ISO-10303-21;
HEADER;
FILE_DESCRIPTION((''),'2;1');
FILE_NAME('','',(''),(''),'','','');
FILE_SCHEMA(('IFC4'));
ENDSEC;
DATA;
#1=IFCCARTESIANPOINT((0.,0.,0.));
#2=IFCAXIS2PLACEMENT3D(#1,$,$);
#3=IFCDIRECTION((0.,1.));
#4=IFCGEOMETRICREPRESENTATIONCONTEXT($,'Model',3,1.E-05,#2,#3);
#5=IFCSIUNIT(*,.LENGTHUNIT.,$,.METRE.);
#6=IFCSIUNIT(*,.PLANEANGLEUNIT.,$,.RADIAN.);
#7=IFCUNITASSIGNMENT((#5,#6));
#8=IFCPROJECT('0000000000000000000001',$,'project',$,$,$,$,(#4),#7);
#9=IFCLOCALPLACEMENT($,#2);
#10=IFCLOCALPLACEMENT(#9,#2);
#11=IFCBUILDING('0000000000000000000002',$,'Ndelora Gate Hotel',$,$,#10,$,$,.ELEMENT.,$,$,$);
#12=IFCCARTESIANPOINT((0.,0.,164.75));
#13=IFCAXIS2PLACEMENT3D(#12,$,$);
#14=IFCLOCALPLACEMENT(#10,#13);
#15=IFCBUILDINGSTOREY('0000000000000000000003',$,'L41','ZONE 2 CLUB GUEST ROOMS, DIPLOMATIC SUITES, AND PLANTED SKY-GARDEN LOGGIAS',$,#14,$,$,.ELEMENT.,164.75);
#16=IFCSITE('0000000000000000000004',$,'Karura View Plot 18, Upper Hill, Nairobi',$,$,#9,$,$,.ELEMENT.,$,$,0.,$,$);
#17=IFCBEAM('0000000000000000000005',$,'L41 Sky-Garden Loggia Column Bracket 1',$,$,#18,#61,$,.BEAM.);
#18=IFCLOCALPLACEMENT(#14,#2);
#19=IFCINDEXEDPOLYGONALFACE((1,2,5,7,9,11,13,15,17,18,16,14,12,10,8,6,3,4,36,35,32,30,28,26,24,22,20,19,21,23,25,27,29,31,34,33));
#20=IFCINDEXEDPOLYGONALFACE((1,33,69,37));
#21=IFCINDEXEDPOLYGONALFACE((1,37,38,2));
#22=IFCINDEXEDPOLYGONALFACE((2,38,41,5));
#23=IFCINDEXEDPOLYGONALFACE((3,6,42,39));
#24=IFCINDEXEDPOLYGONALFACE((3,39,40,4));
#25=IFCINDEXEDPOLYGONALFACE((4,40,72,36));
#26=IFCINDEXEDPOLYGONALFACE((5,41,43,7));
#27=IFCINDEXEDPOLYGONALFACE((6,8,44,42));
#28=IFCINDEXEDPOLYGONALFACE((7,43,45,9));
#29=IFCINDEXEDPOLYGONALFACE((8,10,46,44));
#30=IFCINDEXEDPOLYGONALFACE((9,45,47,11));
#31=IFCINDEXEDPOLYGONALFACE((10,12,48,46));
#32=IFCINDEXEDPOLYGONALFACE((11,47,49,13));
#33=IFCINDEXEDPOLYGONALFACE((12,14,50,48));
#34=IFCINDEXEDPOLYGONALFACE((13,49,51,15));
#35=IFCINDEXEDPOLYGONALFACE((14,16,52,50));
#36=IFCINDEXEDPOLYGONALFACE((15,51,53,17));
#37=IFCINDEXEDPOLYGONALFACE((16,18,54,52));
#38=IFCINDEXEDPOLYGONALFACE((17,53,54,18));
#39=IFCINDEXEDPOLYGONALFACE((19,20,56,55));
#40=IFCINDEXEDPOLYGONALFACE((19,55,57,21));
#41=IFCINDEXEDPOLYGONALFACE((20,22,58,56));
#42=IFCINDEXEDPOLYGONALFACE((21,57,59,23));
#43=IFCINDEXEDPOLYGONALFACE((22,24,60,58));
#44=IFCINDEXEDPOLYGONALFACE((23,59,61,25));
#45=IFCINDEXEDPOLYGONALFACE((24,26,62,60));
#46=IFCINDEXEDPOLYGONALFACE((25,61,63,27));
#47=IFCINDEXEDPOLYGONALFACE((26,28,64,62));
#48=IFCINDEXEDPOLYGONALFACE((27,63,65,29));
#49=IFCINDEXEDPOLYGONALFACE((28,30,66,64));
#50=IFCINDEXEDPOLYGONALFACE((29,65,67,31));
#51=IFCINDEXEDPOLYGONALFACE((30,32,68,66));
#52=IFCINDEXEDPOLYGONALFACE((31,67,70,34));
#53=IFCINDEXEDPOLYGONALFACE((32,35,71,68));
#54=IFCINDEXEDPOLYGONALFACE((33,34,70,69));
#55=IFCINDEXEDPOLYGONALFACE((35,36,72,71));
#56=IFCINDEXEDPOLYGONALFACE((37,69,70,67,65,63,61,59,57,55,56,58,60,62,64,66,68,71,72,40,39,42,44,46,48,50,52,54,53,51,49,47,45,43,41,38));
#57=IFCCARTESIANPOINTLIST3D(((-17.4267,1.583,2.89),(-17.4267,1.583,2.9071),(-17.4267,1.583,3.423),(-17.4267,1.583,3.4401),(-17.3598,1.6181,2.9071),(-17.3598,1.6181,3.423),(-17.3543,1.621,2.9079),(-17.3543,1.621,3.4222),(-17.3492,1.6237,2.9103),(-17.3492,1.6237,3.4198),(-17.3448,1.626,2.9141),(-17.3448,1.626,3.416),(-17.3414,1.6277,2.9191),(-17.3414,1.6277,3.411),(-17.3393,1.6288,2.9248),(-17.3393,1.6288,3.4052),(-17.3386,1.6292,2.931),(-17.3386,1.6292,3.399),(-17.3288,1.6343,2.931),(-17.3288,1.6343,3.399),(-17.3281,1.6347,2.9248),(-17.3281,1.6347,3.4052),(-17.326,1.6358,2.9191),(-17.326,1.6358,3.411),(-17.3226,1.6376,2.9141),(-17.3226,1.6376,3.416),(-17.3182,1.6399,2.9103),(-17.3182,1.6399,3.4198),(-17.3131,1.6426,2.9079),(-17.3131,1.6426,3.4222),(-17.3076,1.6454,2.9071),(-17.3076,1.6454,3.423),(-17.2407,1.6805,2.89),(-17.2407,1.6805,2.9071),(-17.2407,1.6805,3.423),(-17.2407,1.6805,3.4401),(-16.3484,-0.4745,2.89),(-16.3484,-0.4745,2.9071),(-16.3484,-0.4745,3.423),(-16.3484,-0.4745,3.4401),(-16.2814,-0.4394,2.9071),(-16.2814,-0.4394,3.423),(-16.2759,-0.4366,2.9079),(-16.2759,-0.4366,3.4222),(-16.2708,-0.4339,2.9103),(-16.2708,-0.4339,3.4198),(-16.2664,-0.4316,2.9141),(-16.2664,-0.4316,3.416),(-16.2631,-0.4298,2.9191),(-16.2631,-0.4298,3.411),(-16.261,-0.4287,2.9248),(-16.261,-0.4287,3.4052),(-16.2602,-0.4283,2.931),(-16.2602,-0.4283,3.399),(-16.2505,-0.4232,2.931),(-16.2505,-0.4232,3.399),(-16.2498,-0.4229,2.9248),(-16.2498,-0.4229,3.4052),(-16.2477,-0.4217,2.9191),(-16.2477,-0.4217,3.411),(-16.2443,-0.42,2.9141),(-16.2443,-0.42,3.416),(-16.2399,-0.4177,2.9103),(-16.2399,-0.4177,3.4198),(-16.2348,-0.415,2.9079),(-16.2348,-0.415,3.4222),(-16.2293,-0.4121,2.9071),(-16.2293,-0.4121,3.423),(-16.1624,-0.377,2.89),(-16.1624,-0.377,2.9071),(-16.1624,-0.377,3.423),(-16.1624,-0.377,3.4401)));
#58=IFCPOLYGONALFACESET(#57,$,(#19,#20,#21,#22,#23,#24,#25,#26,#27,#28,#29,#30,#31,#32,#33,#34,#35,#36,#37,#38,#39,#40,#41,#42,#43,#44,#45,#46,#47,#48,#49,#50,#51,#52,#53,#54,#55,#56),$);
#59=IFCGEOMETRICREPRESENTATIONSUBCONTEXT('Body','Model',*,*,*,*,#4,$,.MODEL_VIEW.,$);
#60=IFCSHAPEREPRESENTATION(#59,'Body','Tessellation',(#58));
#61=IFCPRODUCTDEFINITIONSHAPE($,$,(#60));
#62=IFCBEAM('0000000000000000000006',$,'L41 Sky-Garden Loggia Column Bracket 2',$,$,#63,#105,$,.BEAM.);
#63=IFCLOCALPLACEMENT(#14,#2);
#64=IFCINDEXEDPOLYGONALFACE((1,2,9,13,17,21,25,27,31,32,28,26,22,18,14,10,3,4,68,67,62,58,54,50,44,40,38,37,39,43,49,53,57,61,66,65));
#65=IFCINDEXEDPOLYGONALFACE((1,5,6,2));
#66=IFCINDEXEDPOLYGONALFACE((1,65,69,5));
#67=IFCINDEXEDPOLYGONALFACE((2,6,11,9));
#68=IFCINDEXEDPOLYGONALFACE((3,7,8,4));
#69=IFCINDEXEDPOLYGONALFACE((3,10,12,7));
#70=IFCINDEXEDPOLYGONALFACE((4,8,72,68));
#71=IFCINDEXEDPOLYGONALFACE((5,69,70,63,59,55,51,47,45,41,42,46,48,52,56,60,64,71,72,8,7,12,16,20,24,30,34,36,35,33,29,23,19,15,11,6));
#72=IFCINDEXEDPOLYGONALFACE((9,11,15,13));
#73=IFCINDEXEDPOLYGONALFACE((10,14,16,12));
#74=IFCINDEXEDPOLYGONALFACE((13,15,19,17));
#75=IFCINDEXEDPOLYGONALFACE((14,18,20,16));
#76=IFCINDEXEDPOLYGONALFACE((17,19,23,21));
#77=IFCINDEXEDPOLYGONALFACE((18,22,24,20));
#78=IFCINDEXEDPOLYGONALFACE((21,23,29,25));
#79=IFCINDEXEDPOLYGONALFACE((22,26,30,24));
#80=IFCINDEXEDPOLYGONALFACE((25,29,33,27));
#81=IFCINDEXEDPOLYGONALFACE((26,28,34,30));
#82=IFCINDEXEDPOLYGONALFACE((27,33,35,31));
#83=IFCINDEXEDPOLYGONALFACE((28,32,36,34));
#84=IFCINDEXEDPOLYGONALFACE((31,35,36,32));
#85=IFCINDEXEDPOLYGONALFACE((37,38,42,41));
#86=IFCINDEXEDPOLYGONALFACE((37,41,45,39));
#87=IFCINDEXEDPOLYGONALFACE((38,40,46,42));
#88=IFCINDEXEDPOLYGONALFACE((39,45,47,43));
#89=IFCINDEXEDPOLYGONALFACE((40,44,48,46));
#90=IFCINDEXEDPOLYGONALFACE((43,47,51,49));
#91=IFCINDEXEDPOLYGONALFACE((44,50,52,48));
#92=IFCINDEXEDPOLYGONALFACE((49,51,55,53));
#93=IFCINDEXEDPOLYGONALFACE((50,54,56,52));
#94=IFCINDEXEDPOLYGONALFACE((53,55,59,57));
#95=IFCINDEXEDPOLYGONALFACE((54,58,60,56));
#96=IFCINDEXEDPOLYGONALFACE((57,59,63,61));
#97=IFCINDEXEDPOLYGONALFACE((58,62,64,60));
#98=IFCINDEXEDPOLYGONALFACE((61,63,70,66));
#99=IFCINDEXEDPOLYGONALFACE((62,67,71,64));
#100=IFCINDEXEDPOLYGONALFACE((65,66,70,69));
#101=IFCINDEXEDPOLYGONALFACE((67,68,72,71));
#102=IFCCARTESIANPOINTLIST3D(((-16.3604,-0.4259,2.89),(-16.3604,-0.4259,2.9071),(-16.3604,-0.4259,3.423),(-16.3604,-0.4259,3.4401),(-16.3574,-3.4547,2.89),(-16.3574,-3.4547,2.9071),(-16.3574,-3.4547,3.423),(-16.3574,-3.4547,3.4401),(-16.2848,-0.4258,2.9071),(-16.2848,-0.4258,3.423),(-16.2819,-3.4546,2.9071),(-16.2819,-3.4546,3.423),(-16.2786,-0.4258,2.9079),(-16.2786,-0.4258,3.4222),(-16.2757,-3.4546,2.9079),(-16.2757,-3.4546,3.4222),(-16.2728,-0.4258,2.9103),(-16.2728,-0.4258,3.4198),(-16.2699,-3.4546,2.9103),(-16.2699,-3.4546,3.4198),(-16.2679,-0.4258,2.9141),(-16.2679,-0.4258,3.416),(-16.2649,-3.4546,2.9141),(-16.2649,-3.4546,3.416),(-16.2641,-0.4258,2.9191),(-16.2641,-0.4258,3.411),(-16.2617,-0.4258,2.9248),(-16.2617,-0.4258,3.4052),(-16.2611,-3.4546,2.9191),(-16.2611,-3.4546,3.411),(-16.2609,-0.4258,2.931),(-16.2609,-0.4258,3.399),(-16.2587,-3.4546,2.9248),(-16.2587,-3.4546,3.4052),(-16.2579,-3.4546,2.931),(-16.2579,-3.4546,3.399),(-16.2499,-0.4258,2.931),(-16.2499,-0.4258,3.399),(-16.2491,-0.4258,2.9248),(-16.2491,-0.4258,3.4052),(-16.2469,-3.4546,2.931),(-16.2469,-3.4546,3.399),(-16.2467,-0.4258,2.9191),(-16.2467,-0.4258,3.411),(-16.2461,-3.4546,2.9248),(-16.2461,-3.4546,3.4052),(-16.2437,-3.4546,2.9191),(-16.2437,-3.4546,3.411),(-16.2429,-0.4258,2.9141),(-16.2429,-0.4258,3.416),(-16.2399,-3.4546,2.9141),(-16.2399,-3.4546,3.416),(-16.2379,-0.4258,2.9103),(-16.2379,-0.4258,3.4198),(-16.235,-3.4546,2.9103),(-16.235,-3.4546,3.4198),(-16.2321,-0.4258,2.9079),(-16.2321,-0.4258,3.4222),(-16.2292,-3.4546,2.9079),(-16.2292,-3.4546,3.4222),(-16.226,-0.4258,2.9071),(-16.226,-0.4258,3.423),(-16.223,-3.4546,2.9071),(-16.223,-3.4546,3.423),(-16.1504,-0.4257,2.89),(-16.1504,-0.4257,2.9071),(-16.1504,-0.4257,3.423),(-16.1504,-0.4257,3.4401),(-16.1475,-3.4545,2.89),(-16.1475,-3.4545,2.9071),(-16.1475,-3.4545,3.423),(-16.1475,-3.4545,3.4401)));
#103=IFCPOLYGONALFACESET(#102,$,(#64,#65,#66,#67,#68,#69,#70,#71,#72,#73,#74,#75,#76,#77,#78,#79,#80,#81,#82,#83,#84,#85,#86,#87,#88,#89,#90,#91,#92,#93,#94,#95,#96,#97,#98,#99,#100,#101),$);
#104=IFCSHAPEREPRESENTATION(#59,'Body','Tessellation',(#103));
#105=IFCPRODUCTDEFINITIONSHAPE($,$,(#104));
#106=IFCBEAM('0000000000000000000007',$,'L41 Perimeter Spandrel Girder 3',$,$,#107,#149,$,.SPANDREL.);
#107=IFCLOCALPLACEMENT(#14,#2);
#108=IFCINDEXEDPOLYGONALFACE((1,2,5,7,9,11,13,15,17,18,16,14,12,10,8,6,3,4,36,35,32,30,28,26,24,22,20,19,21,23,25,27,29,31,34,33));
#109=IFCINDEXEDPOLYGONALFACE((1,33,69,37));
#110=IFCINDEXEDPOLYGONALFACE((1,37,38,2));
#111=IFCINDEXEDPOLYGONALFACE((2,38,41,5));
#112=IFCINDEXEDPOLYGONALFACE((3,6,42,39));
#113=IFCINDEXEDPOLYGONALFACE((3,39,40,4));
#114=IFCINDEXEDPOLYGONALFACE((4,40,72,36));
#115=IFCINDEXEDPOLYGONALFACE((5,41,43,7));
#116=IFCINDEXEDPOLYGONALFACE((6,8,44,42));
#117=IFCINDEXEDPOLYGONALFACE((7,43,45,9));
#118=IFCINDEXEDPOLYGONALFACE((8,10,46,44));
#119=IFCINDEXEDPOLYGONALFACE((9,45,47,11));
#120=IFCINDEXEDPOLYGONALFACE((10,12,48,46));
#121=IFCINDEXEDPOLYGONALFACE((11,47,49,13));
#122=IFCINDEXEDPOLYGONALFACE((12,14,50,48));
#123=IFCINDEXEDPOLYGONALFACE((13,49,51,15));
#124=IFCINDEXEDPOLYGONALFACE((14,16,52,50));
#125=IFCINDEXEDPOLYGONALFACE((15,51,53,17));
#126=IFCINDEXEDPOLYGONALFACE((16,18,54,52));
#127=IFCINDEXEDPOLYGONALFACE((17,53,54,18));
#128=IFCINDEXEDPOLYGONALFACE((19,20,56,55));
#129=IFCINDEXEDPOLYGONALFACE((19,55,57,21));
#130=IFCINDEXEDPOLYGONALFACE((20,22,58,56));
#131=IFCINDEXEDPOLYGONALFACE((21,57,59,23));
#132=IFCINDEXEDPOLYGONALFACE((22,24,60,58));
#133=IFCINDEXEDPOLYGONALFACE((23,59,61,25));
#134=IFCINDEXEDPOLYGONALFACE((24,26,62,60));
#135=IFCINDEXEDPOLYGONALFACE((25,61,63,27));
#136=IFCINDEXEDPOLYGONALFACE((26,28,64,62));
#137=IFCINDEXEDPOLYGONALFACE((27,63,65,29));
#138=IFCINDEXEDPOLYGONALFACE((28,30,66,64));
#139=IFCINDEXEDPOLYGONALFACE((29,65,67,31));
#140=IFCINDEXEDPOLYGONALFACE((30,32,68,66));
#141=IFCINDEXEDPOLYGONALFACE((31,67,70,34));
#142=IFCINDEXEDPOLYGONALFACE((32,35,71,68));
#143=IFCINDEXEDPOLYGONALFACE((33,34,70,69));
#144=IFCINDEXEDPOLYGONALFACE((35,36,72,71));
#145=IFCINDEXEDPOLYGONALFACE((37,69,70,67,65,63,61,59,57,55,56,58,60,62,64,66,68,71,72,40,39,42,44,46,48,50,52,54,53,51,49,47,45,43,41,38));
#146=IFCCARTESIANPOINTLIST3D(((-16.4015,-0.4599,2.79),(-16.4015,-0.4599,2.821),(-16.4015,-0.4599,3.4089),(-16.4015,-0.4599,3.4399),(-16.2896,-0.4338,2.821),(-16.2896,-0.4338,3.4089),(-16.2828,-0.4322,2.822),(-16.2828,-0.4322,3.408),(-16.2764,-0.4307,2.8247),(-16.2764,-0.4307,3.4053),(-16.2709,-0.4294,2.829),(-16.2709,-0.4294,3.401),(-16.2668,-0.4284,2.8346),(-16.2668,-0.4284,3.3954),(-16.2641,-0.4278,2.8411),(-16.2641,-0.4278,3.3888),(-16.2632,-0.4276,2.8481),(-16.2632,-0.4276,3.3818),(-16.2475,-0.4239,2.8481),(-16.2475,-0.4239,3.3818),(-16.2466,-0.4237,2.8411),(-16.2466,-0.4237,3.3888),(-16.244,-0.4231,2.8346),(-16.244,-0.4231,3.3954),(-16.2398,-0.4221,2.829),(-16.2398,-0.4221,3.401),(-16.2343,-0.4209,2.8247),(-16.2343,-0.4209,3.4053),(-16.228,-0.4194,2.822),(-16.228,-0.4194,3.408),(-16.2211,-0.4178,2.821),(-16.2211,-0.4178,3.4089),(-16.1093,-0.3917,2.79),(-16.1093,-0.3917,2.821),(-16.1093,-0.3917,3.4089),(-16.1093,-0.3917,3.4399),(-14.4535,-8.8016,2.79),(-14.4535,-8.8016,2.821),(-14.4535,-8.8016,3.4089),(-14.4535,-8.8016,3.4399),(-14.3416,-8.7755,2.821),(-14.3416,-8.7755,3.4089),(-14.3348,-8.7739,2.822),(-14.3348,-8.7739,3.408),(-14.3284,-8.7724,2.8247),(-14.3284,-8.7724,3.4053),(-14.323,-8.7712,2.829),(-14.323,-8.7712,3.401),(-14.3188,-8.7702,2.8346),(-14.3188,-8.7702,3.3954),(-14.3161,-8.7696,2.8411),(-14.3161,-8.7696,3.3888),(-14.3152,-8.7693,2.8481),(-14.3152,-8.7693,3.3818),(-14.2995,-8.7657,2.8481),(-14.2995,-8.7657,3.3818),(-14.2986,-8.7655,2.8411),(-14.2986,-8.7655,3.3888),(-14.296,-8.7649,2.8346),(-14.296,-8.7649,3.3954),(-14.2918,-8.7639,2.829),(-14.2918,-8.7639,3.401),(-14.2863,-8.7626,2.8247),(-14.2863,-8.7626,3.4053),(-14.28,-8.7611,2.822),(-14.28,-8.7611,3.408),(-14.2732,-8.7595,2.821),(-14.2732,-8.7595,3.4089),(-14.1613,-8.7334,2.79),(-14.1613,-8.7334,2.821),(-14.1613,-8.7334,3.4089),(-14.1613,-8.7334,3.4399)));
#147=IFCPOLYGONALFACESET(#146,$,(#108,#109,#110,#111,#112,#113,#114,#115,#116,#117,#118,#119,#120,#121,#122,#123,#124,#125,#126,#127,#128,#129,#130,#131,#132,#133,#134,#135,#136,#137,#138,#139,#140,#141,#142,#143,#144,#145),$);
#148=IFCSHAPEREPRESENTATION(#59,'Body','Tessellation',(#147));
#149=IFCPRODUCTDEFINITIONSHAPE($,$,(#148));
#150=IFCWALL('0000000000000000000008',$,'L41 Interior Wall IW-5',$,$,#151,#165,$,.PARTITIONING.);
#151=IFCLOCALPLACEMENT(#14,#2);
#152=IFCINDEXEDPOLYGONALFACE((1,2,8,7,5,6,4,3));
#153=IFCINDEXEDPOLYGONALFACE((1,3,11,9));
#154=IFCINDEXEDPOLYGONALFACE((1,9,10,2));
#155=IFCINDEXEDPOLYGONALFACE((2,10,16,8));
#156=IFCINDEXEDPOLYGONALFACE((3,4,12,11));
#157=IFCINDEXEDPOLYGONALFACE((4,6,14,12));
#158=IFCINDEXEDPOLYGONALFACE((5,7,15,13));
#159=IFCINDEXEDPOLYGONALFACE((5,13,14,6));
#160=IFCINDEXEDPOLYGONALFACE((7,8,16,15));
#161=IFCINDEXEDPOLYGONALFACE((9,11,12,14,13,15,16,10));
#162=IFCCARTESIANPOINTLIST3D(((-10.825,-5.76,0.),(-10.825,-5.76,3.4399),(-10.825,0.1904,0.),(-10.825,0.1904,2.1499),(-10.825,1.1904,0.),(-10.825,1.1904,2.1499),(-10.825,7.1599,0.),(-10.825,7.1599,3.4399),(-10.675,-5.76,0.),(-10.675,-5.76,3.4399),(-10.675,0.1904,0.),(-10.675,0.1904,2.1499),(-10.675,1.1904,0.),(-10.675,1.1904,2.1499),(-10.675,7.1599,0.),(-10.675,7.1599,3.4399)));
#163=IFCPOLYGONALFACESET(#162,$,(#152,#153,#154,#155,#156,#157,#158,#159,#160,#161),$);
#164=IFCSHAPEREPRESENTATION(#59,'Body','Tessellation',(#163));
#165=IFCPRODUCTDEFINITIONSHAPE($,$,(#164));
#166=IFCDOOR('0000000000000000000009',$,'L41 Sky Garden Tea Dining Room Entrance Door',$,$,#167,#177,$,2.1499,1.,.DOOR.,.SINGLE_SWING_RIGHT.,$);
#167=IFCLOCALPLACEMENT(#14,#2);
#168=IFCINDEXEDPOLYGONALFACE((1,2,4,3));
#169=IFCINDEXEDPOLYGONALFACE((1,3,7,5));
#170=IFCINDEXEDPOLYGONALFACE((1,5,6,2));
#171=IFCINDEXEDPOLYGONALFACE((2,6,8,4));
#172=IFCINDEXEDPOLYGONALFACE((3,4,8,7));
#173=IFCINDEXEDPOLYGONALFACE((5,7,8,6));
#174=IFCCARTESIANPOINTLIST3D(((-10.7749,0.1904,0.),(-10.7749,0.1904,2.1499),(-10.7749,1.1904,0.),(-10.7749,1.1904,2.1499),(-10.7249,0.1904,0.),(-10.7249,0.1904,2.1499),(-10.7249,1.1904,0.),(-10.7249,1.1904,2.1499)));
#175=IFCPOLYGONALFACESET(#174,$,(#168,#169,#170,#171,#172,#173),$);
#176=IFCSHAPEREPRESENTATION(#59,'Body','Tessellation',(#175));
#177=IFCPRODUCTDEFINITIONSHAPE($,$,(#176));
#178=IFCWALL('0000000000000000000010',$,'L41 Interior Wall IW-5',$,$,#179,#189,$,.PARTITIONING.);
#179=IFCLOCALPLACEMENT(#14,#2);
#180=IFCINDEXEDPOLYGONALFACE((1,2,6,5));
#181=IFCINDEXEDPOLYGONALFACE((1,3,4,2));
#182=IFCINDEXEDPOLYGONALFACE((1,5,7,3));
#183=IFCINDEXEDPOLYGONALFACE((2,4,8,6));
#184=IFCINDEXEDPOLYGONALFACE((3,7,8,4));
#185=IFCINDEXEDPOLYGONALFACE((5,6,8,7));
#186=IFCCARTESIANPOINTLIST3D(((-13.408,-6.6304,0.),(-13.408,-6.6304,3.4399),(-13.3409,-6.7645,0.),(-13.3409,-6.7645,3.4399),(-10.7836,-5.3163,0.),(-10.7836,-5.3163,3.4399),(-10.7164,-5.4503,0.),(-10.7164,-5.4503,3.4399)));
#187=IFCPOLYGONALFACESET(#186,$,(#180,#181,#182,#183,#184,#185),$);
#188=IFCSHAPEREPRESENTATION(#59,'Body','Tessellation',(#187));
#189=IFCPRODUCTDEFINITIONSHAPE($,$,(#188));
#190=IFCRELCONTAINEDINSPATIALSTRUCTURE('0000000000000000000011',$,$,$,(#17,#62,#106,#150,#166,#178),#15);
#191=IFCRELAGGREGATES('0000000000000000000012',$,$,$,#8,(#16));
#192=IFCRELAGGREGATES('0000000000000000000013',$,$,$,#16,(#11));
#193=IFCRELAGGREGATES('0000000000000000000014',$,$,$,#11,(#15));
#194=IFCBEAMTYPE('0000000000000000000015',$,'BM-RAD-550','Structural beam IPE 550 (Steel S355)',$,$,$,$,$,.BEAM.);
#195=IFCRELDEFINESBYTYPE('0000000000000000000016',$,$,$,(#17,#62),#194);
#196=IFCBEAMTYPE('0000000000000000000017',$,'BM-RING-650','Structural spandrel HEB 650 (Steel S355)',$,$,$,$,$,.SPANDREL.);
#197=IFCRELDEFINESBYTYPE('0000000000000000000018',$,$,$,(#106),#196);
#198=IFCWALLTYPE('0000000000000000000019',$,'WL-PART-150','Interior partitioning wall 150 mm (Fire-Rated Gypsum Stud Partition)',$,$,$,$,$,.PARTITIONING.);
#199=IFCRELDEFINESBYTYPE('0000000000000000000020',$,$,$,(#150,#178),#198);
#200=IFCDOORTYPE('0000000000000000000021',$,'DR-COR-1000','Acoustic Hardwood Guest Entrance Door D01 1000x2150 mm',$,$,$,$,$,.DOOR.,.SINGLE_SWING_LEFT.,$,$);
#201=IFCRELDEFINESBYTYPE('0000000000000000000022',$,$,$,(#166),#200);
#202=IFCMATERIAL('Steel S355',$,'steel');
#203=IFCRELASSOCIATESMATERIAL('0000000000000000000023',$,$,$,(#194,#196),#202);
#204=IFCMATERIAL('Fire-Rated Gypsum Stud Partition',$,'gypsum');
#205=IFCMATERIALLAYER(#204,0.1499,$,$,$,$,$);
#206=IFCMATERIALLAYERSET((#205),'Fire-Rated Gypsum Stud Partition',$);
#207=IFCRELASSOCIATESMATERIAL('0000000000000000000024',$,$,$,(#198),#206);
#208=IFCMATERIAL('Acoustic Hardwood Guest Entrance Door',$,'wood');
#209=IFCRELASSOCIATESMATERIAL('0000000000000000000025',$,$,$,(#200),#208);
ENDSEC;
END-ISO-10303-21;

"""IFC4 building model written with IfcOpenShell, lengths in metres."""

from ifc_helpers import new_model, si_unit, direction, frame, frame_2d, origin, origin_2d, place, context, subcontext, project, spatial, rectangle, i_section, extrude, material, layer, layer_set, material_profile, profile_set, type_object, element, fill, save


model = new_model("IFC4")

# Units and contexts
model_context = context("Model", 3, precision=1e-05, world=origin(), true_north=direction((0.0, 1.0)))
body_context = subcontext(model_context, "Body", "Model", "MODEL_VIEW")
ifc_project = project(units=[si_unit("LENGTHUNIT", "METRE"), si_unit("PLANEANGLEUNIT", "RADIAN")], contexts=[model_context])

# Site, building, storey
site_placement = place(None, origin())
site = spatial("IfcSite", under=ifc_project, at=site_placement, Name="Karura View Plot 18, Upper Hill, Nairobi", CompositionType="ELEMENT", RefElevation=0.0)
building_placement = place(site_placement, origin())
building = spatial("IfcBuilding", under=site, at=building_placement, Name="Ndelora Gate Hotel", CompositionType="ELEMENT")
storey_placement = place(building_placement, frame((0.0, 0.0, 164.75)))
storey = spatial("IfcBuildingStorey", under=building, at=storey_placement, Name="L41", Description="ZONE 2 CLUB GUEST ROOMS, DIPLOMATIC SUITES, AND PLANTED SKY-GARDEN LOGGIAS", CompositionType="ELEMENT", Elevation=164.75)

# Beams
ifc_material_1 = material(Name="Steel S355", Category="steel")
ifc_material_profile_1 = material_profile(ifc_material_1, i_section(OverallWidth=0.21, OverallDepth=0.55, WebThickness=0.011, FlangeThickness=0.0171, FilletRadius=0.0239, at=origin_2d()), Name="IPE 550")
ifc_profile_set_1 = profile_set([ifc_material_profile_1], Name="Steel S355")
beam_type_1 = type_object("IfcBeamType", Name="BM-RAD-550", Description="Structural beam IPE 550 (Steel S355)", PredefinedType="BEAM", material=ifc_profile_set_1)
beam_1_placement = place(storey_placement, frame((-16.2554, -0.4258, 3.165), z_axis=(-0.464199, 0.885731, 0.0), x_axis=(-0.885731, -0.464199, 0.0)))
element("IfcBeam", 1, at=beam_1_placement, inside=storey, type_object=beam_type_1, Name="L41 Sky-Garden Loggia Column Bracket 1", PredefinedType="BEAM", context=body_context, shape_type="SweptSolid", body=[
    extrude(i_section(OverallWidth=0.21, OverallDepth=0.55, WebThickness=0.011, FlangeThickness=0.0171, FilletRadius=0.0239, at=origin_2d()), origin(), (0.0, 0.0, 1.0), 2.323),
])
beam_2_placement = place(storey_placement, frame((-16.2554, -0.4258, 3.165), z_axis=(0.000967, -1.0, 0.0), x_axis=(1.0, 0.000967, 0.0)))
element("IfcBeam", 2, at=beam_2_placement, inside=storey, type_object=beam_type_1, Name="L41 Sky-Garden Loggia Column Bracket 2", PredefinedType="BEAM", context=body_context, shape_type="SweptSolid", body=[
    extrude(i_section(OverallWidth=0.21, OverallDepth=0.55, WebThickness=0.011, FlangeThickness=0.0171, FilletRadius=0.0239, at=origin_2d()), origin(), (0.0, 0.0, 1.0), 3.0288),
])
ifc_material_profile_2 = material_profile(ifc_material_1, i_section(OverallWidth=0.3, OverallDepth=0.6499, WebThickness=0.0161, FlangeThickness=0.031, FilletRadius=0.0271, at=origin_2d()), Name="HEB 650")
ifc_profile_set_2 = profile_set([ifc_material_profile_2], Name="Steel S355")
beam_type_2 = type_object("IfcBeamType", Name="BM-RING-650", Description="Structural spandrel HEB 650 (Steel S355)", PredefinedType="SPANDREL", material=ifc_profile_set_2)
beam_3_placement = place(storey_placement, frame((-16.2554, -0.4258, 3.115), z_axis=(0.227404, -0.9738, 0.0), x_axis=(0.9738, 0.227404, 0.0)))
element("IfcBeam", 3, at=beam_3_placement, inside=storey, type_object=beam_type_2, Name="L41 Perimeter Spandrel Girder 3", PredefinedType="SPANDREL", context=body_context, shape_type="SweptSolid", body=[
    extrude(i_section(OverallWidth=0.3, OverallDepth=0.6499, WebThickness=0.0161, FlangeThickness=0.031, FilletRadius=0.0271, at=origin_2d()), origin(), (0.0, 0.0, 1.0), 8.5662),
])

# Wall, opening, door
ifc_material_2 = material(Name="Fire-Rated Gypsum Stud Partition", Category="gypsum")
ifc_layer_1 = layer(ifc_material_2, 0.1499)
ifc_layer_set_1 = layer_set([ifc_layer_1], Name="Fire-Rated Gypsum Stud Partition")
wall_type_1 = type_object("IfcWallType", Name="WL-PART-150", Description="Interior partitioning wall 150 mm (Fire-Rated Gypsum Stud Partition)", PredefinedType="PARTITIONING", material=ifc_layer_set_1)
ifc_material_3 = material(Name="Acoustic Hardwood Guest Entrance Door", Category="wood")
door_type = type_object("IfcDoorType", Name="DR-COR-1000", Description="Acoustic Hardwood Guest Entrance Door D01 1000x2150 mm", OperationType="SINGLE_SWING_LEFT", PredefinedType="DOOR", material=ifc_material_3)
wall_1_placement = place(storey_placement, frame((-10.75, -5.76, 0.0), z_axis=(0.0, 0.0, 1.0), x_axis=(0.0, 1.0, 0.0)))
wall_1 = element("IfcWall", 4, at=wall_1_placement, inside=storey, type_object=wall_type_1, Name="L41 Interior Wall IW-5", PredefinedType="PARTITIONING", context=body_context, shape_type="SweptSolid", body=[
    extrude(rectangle(XDim=12.9199, YDim=0.1499, at=frame_2d((6.46, 0.0))), origin(), (0.0, 0.0, 1.0), 3.4399),
])
opening_1_placement = place(wall_1_placement, frame((5.9504, 0.0, 0.0)))
opening_1 = element("IfcOpeningElement", 5, at=opening_1_placement, cuts=wall_1, PredefinedType="OPENING", context=body_context, shape_type="SweptSolid", body=[
    extrude(rectangle(XDim=1.0, YDim=2.1499, at=frame_2d((0.5, 1.075))), frame((0.0, 0.085, 0.0), z_axis=(0.0, -1.0, 0.0), x_axis=(1.0, 0.0, 0.0)), (0.0, 0.0, 1.0), 0.1699),
])
door_1_placement = place(opening_1_placement, origin())
door_1 = element("IfcDoor", 6, at=door_1_placement, inside=storey, type_object=door_type, Name="L41 Sky Garden Tea Dining Room Entrance Door", OperationType="SINGLE_SWING_RIGHT", OverallHeight=2.1499, OverallWidth=1.0, PredefinedType="DOOR", context=body_context, shape_type="SweptSolid", body=[
    extrude(rectangle(XDim=1.0, YDim=2.1499, at=frame_2d((0.5, 1.075))), frame((0.0, 0.0249, 0.0), z_axis=(0.0, -1.0, 0.0), x_axis=(1.0, 0.0, 0.0)), (0.0, 0.0, 1.0), 0.05),
])
fill(opening_1, door_1)

# Wall
wall_2_placement = place(storey_placement, frame((-10.75, -5.3833, 0.0), z_axis=(0.0, 0.0, 1.0), x_axis=(-0.894161, -0.447746, 0.0)))
element("IfcWall", 7, at=wall_2_placement, inside=storey, type_object=wall_type_1, Name="L41 Interior Wall IW-5", PredefinedType="PARTITIONING", context=body_context, shape_type="SweptSolid", body=[
    extrude(rectangle(XDim=2.9351, YDim=0.1499, at=frame_2d((1.4675, 0.0))), origin(), (0.0, 0.0, 1.0), 3.4399),
])

save(model, "model.ifc")
